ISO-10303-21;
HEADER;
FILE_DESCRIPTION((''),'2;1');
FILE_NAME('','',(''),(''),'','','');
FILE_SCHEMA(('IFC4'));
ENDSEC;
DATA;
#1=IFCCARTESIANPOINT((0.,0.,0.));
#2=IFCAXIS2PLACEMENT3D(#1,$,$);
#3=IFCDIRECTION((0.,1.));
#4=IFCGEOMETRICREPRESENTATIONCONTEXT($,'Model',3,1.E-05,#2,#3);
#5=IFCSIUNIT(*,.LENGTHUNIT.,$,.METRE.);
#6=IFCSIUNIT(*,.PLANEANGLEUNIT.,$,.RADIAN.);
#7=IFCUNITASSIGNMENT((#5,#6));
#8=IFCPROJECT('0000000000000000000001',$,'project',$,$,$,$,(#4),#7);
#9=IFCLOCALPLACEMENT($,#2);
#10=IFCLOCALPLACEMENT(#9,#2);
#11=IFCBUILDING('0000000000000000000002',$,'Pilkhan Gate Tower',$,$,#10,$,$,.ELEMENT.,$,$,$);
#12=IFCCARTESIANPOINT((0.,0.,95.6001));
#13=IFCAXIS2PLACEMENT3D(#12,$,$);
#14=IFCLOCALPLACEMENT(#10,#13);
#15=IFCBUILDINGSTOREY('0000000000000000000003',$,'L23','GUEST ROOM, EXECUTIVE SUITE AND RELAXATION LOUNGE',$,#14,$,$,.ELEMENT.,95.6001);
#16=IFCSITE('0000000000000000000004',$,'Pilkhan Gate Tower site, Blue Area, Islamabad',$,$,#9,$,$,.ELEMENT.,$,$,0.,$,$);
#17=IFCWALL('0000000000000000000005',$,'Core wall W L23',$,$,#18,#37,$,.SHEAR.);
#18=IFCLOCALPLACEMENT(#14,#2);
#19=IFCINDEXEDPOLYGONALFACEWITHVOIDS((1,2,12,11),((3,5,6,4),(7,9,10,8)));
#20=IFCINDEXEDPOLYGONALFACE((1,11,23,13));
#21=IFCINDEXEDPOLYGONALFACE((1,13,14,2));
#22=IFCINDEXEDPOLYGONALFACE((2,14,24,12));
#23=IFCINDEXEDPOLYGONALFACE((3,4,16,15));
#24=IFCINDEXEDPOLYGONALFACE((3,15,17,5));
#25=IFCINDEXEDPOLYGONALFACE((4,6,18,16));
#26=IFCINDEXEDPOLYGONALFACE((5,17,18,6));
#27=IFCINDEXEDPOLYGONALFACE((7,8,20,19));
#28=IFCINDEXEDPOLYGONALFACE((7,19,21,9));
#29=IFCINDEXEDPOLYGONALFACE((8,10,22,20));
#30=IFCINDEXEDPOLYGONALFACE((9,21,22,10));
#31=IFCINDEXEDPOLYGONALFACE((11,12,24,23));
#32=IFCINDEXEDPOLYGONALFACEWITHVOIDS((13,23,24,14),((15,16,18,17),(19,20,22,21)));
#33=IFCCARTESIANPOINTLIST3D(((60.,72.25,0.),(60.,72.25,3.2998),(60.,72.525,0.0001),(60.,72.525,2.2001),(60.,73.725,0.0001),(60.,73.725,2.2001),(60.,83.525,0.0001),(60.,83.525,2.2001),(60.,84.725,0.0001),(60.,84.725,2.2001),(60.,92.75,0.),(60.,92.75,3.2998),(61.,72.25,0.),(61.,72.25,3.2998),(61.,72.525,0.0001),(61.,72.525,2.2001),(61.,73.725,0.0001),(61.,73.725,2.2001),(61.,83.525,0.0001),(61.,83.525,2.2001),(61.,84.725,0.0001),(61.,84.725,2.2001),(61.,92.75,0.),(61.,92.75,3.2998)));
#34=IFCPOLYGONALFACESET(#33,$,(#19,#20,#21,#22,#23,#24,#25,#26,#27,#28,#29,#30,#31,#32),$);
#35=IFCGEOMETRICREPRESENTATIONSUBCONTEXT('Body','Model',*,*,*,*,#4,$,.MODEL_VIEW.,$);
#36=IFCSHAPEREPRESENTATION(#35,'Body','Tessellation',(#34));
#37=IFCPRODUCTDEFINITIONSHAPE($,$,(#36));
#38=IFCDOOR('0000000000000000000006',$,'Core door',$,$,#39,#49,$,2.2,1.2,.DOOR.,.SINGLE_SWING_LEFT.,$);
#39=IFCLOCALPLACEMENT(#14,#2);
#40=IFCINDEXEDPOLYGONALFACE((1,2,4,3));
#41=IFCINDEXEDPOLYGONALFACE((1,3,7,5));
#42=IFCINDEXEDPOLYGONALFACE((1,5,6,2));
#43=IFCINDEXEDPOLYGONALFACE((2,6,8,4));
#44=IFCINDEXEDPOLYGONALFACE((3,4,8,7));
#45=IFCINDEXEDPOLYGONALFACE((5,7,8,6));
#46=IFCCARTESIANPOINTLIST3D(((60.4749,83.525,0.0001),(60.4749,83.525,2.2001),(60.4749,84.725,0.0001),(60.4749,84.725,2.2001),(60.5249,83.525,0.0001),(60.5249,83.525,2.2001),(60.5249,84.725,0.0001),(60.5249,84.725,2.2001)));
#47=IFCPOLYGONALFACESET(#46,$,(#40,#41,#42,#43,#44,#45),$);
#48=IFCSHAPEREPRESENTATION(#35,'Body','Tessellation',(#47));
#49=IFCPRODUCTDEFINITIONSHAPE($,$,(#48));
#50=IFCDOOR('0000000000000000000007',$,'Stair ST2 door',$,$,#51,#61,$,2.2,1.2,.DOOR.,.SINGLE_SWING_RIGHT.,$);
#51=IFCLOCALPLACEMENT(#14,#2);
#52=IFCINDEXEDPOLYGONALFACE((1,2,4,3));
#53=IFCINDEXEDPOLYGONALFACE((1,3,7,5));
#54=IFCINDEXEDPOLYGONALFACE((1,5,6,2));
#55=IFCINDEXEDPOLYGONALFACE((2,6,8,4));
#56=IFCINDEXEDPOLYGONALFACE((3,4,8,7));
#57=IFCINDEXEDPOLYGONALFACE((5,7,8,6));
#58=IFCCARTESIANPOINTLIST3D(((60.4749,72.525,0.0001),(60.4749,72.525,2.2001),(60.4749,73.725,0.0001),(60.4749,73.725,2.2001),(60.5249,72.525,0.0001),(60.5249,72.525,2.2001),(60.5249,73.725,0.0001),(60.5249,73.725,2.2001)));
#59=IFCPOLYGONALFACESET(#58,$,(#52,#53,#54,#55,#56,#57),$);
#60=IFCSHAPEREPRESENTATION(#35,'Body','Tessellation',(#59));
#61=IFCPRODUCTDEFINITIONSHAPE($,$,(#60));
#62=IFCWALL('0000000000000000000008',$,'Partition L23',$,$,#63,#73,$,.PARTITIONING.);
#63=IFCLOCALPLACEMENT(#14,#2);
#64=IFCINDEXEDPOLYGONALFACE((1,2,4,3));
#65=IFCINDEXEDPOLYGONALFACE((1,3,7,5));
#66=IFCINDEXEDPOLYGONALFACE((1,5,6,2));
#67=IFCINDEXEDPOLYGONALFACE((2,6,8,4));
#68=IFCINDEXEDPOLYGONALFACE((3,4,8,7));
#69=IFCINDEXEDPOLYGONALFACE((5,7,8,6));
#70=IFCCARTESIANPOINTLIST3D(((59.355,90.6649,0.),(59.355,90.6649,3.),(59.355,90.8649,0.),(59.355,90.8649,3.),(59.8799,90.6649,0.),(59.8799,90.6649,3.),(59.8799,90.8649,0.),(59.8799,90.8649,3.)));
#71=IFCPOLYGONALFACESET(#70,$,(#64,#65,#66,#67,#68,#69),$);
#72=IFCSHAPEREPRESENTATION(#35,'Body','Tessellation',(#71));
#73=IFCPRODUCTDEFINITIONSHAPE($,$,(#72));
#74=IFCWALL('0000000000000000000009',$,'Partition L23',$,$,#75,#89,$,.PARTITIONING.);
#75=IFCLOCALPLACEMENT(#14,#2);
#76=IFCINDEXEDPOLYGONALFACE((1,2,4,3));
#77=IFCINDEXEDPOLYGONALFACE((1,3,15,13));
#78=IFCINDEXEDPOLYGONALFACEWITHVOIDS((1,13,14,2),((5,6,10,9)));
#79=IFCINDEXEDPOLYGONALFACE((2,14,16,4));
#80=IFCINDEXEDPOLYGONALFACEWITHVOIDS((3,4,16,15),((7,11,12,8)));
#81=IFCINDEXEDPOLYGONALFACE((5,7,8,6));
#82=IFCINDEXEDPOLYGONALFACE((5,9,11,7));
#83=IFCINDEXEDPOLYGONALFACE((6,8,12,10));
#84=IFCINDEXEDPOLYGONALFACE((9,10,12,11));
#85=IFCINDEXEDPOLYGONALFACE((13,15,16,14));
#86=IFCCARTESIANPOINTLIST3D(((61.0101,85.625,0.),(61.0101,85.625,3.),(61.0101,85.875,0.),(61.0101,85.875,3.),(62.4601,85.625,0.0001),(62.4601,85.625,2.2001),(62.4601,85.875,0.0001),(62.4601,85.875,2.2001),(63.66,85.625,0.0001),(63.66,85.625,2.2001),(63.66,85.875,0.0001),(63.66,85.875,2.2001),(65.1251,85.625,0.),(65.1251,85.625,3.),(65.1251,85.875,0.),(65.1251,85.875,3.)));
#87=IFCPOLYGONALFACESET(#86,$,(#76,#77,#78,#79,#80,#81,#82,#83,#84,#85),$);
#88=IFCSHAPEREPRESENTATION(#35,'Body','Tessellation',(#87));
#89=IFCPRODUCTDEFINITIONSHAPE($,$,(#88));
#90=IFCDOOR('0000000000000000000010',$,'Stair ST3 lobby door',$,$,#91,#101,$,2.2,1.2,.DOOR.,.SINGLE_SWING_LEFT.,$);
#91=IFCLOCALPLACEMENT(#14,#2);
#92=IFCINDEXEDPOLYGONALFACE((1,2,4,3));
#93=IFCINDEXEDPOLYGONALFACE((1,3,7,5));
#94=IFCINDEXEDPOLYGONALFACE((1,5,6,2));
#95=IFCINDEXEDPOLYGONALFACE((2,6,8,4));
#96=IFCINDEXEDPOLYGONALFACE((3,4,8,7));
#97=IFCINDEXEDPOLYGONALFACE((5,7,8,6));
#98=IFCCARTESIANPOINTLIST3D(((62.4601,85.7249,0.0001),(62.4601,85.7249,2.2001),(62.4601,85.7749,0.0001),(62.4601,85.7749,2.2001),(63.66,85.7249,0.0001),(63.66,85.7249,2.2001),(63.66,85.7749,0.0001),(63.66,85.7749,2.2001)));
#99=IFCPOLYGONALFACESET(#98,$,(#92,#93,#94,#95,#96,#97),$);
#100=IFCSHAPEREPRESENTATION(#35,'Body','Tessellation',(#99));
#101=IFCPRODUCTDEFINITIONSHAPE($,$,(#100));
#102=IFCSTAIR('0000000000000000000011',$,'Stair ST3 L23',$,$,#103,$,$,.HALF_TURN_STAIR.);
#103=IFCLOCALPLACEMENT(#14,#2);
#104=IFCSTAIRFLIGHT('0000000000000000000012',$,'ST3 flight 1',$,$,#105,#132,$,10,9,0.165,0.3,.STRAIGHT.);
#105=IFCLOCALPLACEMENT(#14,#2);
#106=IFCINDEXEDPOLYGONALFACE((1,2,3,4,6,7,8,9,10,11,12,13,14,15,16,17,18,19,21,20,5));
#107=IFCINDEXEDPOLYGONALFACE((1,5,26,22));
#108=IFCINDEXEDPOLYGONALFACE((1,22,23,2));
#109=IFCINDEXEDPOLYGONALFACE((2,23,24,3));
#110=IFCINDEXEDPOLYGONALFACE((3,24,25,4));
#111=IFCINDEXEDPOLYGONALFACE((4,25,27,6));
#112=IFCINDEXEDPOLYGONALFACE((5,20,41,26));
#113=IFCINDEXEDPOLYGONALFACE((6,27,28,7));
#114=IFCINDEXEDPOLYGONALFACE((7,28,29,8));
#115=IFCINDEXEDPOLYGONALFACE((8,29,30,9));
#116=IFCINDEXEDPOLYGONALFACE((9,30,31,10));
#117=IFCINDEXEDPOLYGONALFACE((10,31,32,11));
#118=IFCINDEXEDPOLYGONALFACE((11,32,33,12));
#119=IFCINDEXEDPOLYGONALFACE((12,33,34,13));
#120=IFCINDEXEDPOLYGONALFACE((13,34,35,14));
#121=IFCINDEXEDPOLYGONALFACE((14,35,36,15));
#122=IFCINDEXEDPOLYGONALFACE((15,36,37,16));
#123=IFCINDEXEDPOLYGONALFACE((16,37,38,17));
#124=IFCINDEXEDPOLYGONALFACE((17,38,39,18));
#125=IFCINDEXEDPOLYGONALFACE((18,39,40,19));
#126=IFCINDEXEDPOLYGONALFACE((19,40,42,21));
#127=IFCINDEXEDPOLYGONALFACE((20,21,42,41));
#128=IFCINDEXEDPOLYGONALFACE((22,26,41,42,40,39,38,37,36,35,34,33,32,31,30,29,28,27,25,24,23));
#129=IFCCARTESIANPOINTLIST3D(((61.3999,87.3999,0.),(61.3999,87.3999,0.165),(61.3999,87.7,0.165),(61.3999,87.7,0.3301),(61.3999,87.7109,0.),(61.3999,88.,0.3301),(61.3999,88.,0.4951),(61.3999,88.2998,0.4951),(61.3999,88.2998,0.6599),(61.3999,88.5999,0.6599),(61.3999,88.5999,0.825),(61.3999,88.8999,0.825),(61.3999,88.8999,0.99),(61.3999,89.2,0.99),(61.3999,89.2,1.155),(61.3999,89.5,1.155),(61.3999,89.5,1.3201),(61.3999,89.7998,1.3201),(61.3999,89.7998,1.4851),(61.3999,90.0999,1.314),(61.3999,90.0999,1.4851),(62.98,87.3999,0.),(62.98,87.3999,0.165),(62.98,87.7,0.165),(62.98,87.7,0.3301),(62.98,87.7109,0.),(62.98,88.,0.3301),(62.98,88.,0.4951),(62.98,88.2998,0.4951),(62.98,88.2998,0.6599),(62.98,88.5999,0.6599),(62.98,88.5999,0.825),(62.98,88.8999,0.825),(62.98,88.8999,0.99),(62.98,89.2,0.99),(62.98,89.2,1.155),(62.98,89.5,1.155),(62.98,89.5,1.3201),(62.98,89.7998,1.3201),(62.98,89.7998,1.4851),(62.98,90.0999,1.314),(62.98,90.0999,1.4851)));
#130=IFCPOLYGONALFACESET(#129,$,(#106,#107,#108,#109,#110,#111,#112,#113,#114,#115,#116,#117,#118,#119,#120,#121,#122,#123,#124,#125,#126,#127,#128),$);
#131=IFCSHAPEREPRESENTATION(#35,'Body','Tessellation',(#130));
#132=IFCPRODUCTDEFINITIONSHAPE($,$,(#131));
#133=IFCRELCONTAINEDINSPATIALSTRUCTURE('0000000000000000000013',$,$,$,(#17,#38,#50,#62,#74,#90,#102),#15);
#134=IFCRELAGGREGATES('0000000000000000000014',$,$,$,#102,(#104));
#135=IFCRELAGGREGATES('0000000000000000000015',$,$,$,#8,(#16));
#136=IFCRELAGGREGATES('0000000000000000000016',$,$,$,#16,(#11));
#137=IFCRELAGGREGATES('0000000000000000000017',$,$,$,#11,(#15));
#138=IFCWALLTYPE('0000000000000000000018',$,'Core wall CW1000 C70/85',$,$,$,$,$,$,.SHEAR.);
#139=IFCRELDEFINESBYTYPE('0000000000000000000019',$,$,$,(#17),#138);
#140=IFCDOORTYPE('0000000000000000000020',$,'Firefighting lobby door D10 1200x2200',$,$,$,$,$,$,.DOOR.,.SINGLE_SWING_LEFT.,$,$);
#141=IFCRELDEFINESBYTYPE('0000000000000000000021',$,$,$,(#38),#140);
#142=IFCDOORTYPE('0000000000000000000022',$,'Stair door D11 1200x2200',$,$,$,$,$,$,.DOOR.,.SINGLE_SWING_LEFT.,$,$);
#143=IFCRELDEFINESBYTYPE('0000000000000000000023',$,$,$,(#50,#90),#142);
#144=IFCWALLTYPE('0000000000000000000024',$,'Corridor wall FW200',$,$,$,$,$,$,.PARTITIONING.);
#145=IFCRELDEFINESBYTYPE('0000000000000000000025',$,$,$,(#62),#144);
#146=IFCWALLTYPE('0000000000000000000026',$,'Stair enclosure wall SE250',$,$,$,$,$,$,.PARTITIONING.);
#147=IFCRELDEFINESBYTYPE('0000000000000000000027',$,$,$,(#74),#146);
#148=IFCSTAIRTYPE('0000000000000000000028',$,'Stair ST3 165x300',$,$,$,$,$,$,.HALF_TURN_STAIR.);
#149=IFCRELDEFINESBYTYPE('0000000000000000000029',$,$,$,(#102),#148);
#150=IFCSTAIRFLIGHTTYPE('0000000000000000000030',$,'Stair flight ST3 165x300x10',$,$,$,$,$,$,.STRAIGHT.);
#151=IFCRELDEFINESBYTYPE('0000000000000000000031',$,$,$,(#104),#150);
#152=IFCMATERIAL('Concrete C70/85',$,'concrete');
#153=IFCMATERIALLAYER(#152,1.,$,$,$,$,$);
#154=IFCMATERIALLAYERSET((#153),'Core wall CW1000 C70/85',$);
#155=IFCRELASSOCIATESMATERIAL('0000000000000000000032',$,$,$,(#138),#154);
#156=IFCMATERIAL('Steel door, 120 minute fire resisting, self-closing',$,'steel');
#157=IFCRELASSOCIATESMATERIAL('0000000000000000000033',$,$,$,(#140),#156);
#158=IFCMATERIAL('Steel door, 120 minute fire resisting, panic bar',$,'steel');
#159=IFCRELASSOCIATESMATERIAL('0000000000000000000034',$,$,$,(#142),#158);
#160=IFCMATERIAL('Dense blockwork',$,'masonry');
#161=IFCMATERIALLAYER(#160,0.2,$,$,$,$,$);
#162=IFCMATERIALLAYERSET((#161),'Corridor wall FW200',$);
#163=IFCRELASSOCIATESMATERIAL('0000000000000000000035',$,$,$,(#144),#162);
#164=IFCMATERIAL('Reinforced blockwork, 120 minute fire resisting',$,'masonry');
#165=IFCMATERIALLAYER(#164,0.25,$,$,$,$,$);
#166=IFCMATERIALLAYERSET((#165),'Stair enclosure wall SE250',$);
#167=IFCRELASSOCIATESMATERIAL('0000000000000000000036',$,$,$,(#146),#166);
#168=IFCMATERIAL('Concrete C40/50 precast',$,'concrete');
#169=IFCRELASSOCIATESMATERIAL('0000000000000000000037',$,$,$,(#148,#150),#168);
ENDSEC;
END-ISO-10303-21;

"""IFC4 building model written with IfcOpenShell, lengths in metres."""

from ifc_helpers import new_model, si_unit, direction, frame, frame_2d, origin, place, context, subcontext, project, spatial, polyline, rectangle, outline, extrude, material, layer, layer_set, type_object, element, fill, aggregate, save


model = new_model("IFC4")

# Units and contexts
model_context = context("Model", 3, precision=1e-05, world=origin(), true_north=direction((0.0, 1.0)))
body_context = subcontext(model_context, "Body", "Model", "MODEL_VIEW")
ifc_project = project(units=[si_unit("LENGTHUNIT", "METRE"), si_unit("PLANEANGLEUNIT", "RADIAN")], contexts=[model_context])

# Site, building, storey
site_placement = place(None, origin())
site = spatial("IfcSite", under=ifc_project, at=site_placement, Name="Pilkhan Gate Tower site, Blue Area, Islamabad", CompositionType="ELEMENT", RefElevation=0.0)
building_placement = place(site_placement, origin())
building = spatial("IfcBuilding", under=site, at=building_placement, Name="Pilkhan Gate Tower", CompositionType="ELEMENT")
storey_placement = place(building_placement, frame((0.0, 0.0, 95.6001)))
storey = spatial("IfcBuildingStorey", under=building, at=storey_placement, Name="L23", Description="GUEST ROOM, EXECUTIVE SUITE AND RELAXATION LOUNGE", CompositionType="ELEMENT", Elevation=95.6001)

# Wall, openings, doors
ifc_material_1 = material(Name="Concrete C70/85", Category="concrete")
ifc_layer_1 = layer(ifc_material_1, 1.0)
ifc_layer_set_1 = layer_set([ifc_layer_1], Name="Core wall CW1000 C70/85")
wall_type_1 = type_object("IfcWallType", Name="Core wall CW1000 C70/85", PredefinedType="SHEAR", material=ifc_layer_set_1)
wall_1_placement = place(storey_placement, frame((60.5, 92.75, 0.0), z_axis=(0.0, 0.0, 1.0), x_axis=(0.0, -1.0, 0.0)))
wall_1 = element("IfcWall", 1, at=wall_1_placement, inside=storey, type_object=wall_type_1, Name="Core wall W L23", PredefinedType="SHEAR", context=body_context, shape_type="SweptSolid", body=[
    extrude(rectangle(XDim=20.5, YDim=1.0, at=frame_2d((10.25, 0.0))), origin(), (0.0, 0.0, 1.0), 3.2998),
])
opening_1_placement = place(wall_1_placement, frame((19.0249, 0.0, 0.0)))
opening_1 = element("IfcOpeningElement", 2, at=opening_1_placement, cuts=wall_1, PredefinedType="OPENING", context=body_context, shape_type="SweptSolid", body=[
    extrude(rectangle(XDim=1.2, YDim=2.2, at=frame_2d((0.6001, 1.1001))), frame((0.0, 0.51, 0.0), z_axis=(0.0, -1.0, 0.0), x_axis=(1.0, 0.0, 0.0)), (0.0, 0.0, 1.0), 1.02),
])
opening_2_placement = place(wall_1_placement, frame((8.0249, 0.0, 0.0)))
opening_2 = element("IfcOpeningElement", 3, at=opening_2_placement, cuts=wall_1, PredefinedType="OPENING", context=body_context, shape_type="SweptSolid", body=[
    extrude(rectangle(XDim=1.2, YDim=2.2, at=frame_2d((0.6001, 1.1001))), frame((0.0, 0.51, 0.0), z_axis=(0.0, -1.0, 0.0), x_axis=(1.0, 0.0, 0.0)), (0.0, 0.0, 1.0), 1.02),
])
ifc_material_2 = material(Name="Steel door, 120 minute fire resisting, self-closing", Category="steel")
door_type_1 = type_object("IfcDoorType", Name="Firefighting lobby door D10 1200x2200", OperationType="SINGLE_SWING_LEFT", PredefinedType="DOOR", material=ifc_material_2)
door_1_placement = place(opening_2_placement, origin())
door_1 = element("IfcDoor", 4, at=door_1_placement, inside=storey, type_object=door_type_1, Name="Core door", OperationType="SINGLE_SWING_LEFT", OverallHeight=2.2, OverallWidth=1.2, PredefinedType="DOOR", context=body_context, shape_type="SweptSolid", body=[
    extrude(rectangle(XDim=1.2, YDim=2.2, at=frame_2d((0.6001, 1.1001))), frame((0.0, 0.0249, 0.0), z_axis=(0.0, -1.0, 0.0), x_axis=(1.0, 0.0, 0.0)), (0.0, 0.0, 1.0), 0.05),
])
fill(opening_2, door_1)
ifc_material_3 = material(Name="Steel door, 120 minute fire resisting, panic bar", Category="steel")
door_type_2 = type_object("IfcDoorType", Name="Stair door D11 1200x2200", OperationType="SINGLE_SWING_LEFT", PredefinedType="DOOR", material=ifc_material_3)
door_2_placement = place(opening_1_placement, origin())
door_2 = element("IfcDoor", 5, at=door_2_placement, inside=storey, type_object=door_type_2, Name="Stair ST2 door", OperationType="SINGLE_SWING_RIGHT", OverallHeight=2.2, OverallWidth=1.2, PredefinedType="DOOR", context=body_context, shape_type="SweptSolid", body=[
    extrude(rectangle(XDim=1.2, YDim=2.2, at=frame_2d((0.6001, 1.1001))), frame((0.0, 0.0249, 0.0), z_axis=(0.0, -1.0, 0.0), x_axis=(1.0, 0.0, 0.0)), (0.0, 0.0, 1.0), 0.05),
])
fill(opening_1, door_2)

# Wall
ifc_material_4 = material(Name="Dense blockwork", Category="masonry")
ifc_layer_2 = layer(ifc_material_4, 0.2)
ifc_layer_set_2 = layer_set([ifc_layer_2], Name="Corridor wall FW200")
wall_type_2 = type_object("IfcWallType", Name="Corridor wall FW200", PredefinedType="PARTITIONING", material=ifc_layer_set_2)
wall_2_placement = place(storey_placement, frame((59.355, 90.7649, 0.0), z_axis=(0.0, 0.0, 1.0), x_axis=(1.0, 0.0, 0.0)))
element("IfcWall", 6, at=wall_2_placement, inside=storey, type_object=wall_type_2, Name="Partition L23", PredefinedType="PARTITIONING", context=body_context, shape_type="SweptSolid", body=[
    extrude(rectangle(XDim=0.5249, YDim=0.2, at=frame_2d((0.2625, 0.0))), origin(), (0.0, 0.0, 1.0), 3.0),
])

# Wall, opening, door
ifc_material_5 = material(Name="Reinforced blockwork, 120 minute fire resisting", Category="masonry")
ifc_layer_3 = layer(ifc_material_5, 0.25)
ifc_layer_set_3 = layer_set([ifc_layer_3], Name="Stair enclosure wall SE250")
wall_type_3 = type_object("IfcWallType", Name="Stair enclosure wall SE250", PredefinedType="PARTITIONING", material=ifc_layer_set_3)
wall_3_placement = place(storey_placement, frame((61.01, 85.75, 0.0), z_axis=(0.0, 0.0, 1.0), x_axis=(1.0, 0.0, 0.0)))
wall_3 = element("IfcWall", 7, at=wall_3_placement, inside=storey, type_object=wall_type_3, Name="Partition L23", PredefinedType="PARTITIONING", context=body_context, shape_type="SweptSolid", body=[
    extrude(rectangle(XDim=4.115, YDim=0.25, at=frame_2d((2.0576, 0.0))), origin(), (0.0, 0.0, 1.0), 3.0),
])
opening_3_placement = place(wall_3_placement, frame((1.45, 0.0, 0.0)))
opening_3 = element("IfcOpeningElement", 8, at=opening_3_placement, cuts=wall_3, PredefinedType="OPENING", context=body_context, shape_type="SweptSolid", body=[
    extrude(rectangle(XDim=1.2, YDim=2.2, at=frame_2d((0.6001, 1.1001))), frame((0.0, 0.135, 0.0), z_axis=(0.0, -1.0, 0.0), x_axis=(1.0, 0.0, 0.0)), (0.0, 0.0, 1.0), 0.27),
])
door_3_placement = place(opening_3_placement, origin())
door_3 = element("IfcDoor", 9, at=door_3_placement, inside=storey, type_object=door_type_2, Name="Stair ST3 lobby door", OperationType="SINGLE_SWING_LEFT", OverallHeight=2.2, OverallWidth=1.2, PredefinedType="DOOR", context=body_context, shape_type="SweptSolid", body=[
    extrude(rectangle(XDim=1.2, YDim=2.2, at=frame_2d((0.6001, 1.1001))), frame((0.0, 0.0249, 0.0), z_axis=(0.0, -1.0, 0.0), x_axis=(1.0, 0.0, 0.0)), (0.0, 0.0, 1.0), 0.05),
])
fill(opening_3, door_3)

# Stair, stair flight
ifc_material_6 = material(Name="Concrete C40/50 precast", Category="concrete")
stair_type = type_object("IfcStairType", Name="Stair ST3 165x300", PredefinedType="HALF_TURN_STAIR", material=ifc_material_6)
stair_placement = place(storey_placement, origin())
stair = element("IfcStair", 10, at=stair_placement, inside=storey, type_object=stair_type, Name="Stair ST3 L23", PredefinedType="HALF_TURN_STAIR")
stair_flight_type = type_object("IfcStairFlightType", Name="Stair flight ST3 165x300x10", PredefinedType="STRAIGHT", material=ifc_material_6)
stair_flight_placement = place(storey_placement, frame((62.1899, 87.3999, 0.0), z_axis=(0.0, 0.0, 1.0), x_axis=(0.0, 1.0, 0.0)))
stair_flight = element("IfcStairFlight", 11, at=stair_flight_placement, type_object=stair_flight_type, Name="ST3 flight 1", NumberOfRisers=10, NumberOfTreads=9, PredefinedType="STRAIGHT", RiserHeight=0.165, TreadLength=0.3, context=body_context, shape_type="SweptSolid", body=[
    extrude(outline(polyline([(0.0, 0.0), (0.0, 0.165), (0.3, 0.165), (0.3, 0.3301), (0.6001, 0.3301), (0.6001, 0.4951), (0.8999, 0.4951), (0.8999, 0.6599), (1.2, 0.6599), (1.2, 0.825), (1.5, 0.825), (1.5, 0.99), (1.8, 0.99), (1.8, 1.155), (2.1001, 1.155), (2.1001, 1.3201), (2.3999, 1.3201), (2.3999, 1.4851), (2.7, 1.4851), (2.7, 1.6499), (2.7, 1.314), (0.311, 0.0), (0.0, 0.0)])), frame((0.0, 0.79, 0.0), z_axis=(0.0, -1.0, 0.0), x_axis=(1.0, 0.0, 0.0)), (0.0, 0.0, 1.0), 1.5801),
])
aggregate(stair, [stair_flight])

save(model, "model.ifc")
